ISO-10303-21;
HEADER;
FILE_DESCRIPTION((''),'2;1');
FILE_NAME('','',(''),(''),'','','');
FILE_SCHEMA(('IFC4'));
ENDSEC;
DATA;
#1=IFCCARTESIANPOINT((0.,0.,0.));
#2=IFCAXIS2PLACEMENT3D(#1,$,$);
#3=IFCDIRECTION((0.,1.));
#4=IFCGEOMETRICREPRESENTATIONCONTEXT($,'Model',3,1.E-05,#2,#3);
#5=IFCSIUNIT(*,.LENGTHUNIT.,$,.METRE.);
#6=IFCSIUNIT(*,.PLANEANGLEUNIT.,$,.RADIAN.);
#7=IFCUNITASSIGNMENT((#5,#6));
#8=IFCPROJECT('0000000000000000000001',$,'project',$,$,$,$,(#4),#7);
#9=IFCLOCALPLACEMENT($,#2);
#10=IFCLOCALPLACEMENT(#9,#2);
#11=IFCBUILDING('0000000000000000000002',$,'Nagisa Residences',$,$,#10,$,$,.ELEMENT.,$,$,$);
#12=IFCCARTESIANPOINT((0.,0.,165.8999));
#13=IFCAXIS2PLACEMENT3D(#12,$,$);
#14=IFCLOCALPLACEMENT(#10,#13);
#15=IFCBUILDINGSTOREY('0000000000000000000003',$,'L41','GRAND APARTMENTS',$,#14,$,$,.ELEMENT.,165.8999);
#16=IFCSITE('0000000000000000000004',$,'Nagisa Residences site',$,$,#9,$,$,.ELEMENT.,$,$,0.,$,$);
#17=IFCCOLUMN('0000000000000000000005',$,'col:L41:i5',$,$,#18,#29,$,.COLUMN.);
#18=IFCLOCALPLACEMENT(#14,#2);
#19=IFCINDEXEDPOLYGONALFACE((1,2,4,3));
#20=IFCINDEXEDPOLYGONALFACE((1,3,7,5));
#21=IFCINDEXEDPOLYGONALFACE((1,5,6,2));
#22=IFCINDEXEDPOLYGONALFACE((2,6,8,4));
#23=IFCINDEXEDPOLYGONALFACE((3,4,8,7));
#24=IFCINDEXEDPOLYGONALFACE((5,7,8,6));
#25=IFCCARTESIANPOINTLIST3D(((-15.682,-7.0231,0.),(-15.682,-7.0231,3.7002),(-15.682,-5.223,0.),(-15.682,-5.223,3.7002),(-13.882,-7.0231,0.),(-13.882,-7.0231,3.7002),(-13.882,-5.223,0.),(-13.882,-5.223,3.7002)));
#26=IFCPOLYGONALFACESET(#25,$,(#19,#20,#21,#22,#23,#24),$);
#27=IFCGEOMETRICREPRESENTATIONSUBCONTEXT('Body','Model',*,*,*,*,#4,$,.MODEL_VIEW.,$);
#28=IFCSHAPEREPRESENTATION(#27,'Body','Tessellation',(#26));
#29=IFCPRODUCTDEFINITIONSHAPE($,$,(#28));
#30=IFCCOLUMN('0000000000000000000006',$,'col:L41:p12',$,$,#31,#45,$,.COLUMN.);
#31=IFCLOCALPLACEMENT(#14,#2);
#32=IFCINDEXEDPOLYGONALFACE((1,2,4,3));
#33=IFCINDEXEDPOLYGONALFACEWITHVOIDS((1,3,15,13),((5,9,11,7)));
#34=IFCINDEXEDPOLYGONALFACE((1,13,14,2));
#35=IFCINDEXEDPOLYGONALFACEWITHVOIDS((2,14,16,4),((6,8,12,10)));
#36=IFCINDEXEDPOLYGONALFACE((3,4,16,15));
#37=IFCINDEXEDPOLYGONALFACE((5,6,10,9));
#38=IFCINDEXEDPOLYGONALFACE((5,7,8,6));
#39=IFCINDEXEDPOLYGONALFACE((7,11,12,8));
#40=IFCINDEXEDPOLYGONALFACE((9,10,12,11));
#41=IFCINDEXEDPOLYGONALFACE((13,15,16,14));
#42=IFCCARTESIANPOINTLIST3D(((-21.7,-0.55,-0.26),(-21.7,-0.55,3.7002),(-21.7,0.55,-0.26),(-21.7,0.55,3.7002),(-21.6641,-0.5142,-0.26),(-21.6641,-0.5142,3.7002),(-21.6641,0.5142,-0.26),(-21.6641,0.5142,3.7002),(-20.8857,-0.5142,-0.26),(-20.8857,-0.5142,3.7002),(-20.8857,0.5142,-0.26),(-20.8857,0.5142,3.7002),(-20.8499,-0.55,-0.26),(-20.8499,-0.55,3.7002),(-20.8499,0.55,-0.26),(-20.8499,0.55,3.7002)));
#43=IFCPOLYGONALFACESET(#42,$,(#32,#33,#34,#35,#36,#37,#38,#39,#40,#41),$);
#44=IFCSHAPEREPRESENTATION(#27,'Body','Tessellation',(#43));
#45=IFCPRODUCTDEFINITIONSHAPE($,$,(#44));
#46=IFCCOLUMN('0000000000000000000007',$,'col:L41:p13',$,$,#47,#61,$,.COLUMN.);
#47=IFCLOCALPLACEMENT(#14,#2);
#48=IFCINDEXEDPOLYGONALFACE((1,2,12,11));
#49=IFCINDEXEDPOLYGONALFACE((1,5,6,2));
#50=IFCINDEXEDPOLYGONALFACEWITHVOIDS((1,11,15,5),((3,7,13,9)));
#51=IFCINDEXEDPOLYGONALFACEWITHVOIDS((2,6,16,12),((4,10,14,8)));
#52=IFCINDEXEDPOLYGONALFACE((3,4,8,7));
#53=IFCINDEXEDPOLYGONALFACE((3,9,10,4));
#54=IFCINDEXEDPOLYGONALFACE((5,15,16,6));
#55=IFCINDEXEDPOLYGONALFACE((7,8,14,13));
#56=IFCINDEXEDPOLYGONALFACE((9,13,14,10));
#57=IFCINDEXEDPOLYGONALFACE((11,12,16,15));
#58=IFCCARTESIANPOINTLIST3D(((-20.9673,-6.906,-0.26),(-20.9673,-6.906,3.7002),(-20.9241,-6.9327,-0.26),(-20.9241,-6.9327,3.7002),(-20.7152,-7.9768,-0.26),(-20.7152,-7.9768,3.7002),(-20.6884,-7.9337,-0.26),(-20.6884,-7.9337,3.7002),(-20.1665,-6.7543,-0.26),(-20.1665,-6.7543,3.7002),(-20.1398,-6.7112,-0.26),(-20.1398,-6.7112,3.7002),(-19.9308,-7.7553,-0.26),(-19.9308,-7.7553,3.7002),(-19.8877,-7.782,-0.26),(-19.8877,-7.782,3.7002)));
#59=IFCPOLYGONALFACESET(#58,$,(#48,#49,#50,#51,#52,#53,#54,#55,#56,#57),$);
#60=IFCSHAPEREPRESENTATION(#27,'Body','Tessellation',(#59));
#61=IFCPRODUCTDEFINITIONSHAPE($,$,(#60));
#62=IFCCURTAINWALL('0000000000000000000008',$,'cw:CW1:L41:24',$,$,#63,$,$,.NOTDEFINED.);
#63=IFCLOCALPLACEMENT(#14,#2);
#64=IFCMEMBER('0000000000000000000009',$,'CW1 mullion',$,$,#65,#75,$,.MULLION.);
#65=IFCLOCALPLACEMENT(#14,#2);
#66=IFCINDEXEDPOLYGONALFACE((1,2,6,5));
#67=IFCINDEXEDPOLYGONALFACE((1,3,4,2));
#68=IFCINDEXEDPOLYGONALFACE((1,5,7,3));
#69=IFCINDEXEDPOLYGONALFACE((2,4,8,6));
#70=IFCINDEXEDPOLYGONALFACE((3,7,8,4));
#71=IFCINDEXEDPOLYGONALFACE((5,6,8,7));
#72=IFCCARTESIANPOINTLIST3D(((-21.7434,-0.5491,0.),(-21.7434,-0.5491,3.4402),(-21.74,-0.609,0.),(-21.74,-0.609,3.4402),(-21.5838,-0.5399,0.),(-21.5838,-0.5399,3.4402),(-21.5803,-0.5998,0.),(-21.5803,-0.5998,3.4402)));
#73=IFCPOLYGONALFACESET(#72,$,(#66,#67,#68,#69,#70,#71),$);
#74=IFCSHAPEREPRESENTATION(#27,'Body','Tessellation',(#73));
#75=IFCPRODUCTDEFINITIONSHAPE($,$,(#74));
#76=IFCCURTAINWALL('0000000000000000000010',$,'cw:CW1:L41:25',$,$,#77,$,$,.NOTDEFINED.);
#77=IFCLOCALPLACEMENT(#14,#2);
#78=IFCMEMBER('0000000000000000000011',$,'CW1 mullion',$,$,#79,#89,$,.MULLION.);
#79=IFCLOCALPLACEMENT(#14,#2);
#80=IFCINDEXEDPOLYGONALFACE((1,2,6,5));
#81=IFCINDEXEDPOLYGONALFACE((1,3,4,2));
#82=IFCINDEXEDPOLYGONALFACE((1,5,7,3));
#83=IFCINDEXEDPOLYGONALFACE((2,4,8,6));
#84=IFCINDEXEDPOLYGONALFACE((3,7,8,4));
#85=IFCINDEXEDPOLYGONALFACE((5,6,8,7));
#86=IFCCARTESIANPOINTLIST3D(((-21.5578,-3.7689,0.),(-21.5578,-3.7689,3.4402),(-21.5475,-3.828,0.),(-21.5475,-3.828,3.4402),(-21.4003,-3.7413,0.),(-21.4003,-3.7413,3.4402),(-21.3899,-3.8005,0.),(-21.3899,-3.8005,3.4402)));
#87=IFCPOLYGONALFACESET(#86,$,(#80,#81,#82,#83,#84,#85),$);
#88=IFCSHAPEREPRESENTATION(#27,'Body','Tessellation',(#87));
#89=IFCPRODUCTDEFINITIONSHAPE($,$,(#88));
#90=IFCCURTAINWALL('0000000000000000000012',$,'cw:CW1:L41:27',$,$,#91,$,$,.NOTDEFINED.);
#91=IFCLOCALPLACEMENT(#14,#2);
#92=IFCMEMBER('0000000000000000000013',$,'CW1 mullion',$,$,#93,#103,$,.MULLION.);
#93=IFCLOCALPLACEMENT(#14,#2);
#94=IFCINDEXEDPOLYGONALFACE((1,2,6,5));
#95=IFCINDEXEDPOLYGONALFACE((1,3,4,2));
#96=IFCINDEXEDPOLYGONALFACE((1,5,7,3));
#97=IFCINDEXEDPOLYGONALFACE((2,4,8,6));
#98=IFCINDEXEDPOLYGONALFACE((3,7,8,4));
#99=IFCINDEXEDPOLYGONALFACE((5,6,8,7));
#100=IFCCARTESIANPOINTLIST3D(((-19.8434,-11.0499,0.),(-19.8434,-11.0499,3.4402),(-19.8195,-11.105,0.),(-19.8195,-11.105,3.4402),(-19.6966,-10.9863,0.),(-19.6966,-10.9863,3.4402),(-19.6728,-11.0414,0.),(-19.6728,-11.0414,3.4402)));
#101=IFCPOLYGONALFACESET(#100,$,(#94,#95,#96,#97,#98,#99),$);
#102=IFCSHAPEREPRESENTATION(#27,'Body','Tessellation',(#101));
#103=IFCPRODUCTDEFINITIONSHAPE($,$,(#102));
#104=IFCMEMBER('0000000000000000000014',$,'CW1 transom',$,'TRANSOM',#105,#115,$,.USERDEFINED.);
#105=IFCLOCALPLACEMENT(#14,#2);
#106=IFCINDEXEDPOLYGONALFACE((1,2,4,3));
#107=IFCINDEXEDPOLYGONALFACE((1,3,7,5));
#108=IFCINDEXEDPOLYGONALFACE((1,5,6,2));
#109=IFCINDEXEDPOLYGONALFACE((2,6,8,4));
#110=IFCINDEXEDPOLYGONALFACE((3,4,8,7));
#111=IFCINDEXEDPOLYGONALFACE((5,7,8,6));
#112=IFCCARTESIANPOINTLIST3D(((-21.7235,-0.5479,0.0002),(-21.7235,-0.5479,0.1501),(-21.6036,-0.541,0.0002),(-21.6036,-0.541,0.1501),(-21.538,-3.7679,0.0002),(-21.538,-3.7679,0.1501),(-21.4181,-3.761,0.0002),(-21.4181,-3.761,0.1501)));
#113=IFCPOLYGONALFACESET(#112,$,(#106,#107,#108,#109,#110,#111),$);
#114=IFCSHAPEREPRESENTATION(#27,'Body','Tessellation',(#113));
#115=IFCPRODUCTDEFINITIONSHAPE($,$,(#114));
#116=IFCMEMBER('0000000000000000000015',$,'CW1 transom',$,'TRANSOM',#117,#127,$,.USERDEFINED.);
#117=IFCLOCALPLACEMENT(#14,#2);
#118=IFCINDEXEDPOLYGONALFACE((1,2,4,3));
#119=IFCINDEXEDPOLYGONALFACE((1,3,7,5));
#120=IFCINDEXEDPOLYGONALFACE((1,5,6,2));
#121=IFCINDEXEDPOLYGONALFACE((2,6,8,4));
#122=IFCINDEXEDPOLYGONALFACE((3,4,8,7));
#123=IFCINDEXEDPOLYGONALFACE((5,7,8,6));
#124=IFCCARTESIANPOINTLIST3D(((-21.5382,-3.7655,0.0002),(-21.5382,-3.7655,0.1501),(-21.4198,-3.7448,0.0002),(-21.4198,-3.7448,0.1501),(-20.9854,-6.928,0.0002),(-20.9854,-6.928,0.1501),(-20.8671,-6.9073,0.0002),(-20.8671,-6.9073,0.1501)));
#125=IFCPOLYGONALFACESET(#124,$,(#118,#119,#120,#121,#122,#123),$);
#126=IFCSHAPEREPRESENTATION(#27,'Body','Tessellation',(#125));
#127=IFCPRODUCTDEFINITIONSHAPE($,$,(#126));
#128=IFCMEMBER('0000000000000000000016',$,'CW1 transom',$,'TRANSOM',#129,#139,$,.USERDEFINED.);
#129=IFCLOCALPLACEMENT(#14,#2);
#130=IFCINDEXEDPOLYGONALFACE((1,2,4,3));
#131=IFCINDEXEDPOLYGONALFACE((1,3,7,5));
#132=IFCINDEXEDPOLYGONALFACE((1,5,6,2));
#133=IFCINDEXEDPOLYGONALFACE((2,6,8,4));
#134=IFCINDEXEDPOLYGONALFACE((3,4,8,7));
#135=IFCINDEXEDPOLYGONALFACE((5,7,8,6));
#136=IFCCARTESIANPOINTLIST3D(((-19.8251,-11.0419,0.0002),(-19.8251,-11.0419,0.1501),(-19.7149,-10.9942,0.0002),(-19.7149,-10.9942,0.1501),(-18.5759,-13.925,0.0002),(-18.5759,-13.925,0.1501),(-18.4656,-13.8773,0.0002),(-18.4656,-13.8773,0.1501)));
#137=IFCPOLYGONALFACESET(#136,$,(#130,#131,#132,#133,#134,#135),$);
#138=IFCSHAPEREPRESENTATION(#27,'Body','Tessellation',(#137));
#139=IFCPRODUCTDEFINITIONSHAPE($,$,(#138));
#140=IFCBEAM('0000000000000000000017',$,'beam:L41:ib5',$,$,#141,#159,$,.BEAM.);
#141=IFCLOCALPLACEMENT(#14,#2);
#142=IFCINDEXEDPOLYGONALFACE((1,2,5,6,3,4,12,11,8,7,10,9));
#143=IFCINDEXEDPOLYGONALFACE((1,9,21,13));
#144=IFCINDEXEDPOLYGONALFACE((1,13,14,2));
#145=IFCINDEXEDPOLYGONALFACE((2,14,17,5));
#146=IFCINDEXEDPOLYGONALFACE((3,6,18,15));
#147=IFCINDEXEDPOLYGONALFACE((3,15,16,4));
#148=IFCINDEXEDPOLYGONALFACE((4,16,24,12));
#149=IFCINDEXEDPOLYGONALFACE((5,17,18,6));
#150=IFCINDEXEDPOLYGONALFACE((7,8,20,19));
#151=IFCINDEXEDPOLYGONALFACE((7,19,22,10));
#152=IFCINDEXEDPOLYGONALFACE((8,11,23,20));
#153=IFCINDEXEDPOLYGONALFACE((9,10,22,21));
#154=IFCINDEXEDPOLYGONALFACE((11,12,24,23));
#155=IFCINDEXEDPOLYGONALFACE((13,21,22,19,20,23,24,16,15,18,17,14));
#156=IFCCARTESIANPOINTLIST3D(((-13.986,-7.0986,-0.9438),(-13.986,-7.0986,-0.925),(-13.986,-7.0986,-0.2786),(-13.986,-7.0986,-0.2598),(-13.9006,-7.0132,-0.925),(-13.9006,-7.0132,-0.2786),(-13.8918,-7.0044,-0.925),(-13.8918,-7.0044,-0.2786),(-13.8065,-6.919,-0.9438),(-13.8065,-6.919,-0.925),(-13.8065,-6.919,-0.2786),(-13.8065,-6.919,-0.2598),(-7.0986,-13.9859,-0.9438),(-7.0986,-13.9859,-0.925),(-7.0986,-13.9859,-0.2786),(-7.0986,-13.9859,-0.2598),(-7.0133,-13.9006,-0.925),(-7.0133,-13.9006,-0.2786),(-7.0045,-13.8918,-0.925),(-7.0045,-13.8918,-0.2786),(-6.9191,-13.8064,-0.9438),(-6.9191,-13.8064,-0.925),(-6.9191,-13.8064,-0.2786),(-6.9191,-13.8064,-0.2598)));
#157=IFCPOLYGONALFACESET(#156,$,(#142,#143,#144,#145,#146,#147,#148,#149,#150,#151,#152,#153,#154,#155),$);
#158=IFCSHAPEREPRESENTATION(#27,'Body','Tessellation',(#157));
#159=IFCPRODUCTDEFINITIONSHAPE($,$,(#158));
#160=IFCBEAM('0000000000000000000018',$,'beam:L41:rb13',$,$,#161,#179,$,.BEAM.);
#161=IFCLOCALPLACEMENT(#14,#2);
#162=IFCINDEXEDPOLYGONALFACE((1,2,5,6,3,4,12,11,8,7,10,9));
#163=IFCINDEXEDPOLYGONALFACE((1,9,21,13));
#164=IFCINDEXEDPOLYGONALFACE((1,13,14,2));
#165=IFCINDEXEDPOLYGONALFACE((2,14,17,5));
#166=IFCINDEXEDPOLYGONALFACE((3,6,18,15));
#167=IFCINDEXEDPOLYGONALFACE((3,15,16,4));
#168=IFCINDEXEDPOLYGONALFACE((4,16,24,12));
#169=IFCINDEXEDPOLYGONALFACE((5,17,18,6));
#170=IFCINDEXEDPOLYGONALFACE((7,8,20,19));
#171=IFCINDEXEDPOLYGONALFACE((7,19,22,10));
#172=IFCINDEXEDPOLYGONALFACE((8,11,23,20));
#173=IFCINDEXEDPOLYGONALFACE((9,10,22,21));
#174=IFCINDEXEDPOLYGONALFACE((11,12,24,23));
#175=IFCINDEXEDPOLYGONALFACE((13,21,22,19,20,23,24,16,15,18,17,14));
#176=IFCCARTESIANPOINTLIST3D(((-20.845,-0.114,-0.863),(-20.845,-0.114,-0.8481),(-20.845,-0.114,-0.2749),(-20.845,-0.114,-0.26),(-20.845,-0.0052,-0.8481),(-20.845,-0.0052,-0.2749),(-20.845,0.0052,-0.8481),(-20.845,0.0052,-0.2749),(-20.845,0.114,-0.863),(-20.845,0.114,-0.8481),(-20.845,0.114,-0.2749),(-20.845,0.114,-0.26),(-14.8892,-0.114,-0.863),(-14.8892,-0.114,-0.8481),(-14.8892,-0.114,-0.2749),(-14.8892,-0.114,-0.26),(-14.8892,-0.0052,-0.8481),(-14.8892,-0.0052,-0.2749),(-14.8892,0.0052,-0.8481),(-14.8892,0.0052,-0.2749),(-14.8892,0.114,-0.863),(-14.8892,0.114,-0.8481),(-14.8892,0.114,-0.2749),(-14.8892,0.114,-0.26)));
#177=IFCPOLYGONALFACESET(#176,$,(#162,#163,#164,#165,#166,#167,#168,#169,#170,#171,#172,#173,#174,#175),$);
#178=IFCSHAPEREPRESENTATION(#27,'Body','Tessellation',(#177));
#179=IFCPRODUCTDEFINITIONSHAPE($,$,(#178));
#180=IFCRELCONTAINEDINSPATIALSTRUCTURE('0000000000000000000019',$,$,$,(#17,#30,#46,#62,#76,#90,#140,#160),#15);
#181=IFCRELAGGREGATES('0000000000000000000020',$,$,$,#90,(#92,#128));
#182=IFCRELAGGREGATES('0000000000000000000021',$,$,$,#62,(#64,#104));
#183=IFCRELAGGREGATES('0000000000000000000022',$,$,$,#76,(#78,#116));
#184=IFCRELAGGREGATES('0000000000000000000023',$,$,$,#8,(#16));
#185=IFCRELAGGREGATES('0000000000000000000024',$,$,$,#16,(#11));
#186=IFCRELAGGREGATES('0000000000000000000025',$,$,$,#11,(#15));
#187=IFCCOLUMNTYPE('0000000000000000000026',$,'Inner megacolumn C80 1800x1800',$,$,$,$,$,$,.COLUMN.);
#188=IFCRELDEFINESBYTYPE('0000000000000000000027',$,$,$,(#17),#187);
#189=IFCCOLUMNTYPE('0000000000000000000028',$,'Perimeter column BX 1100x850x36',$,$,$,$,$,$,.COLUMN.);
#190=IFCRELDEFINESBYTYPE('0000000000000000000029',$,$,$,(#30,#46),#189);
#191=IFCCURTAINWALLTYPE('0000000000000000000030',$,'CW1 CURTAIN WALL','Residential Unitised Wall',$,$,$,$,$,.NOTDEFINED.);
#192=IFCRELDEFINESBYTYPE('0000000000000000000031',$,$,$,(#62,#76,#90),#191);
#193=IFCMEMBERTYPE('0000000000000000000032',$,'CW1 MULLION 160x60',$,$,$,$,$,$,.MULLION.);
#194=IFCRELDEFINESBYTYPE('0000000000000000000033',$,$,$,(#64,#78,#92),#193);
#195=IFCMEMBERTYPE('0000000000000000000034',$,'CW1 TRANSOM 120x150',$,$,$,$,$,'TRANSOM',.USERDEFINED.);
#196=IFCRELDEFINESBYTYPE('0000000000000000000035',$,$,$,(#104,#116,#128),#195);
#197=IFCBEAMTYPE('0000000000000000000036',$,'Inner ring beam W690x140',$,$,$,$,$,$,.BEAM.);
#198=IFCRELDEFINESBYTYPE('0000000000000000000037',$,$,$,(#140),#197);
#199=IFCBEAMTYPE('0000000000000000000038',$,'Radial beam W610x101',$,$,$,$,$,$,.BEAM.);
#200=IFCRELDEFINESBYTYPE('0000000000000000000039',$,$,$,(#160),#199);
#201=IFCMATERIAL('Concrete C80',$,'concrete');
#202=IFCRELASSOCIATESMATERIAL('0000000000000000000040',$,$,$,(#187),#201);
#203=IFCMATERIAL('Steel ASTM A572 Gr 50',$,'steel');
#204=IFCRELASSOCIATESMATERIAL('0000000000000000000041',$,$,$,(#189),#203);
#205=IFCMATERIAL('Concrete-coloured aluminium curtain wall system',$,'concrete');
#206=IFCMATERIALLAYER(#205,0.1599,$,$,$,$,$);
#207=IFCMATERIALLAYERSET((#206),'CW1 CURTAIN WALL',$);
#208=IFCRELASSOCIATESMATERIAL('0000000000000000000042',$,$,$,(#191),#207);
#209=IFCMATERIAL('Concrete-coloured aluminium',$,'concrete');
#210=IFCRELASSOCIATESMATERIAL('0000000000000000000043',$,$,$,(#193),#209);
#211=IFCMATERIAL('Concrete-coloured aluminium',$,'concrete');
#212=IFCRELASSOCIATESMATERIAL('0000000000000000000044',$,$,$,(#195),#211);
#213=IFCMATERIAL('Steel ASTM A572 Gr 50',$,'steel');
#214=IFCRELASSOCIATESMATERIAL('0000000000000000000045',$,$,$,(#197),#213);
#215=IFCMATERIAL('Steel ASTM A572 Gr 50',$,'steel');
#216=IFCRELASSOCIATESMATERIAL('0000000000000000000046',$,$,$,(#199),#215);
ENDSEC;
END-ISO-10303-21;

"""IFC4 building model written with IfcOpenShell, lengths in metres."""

from ifc_helpers import new_model, si_unit, direction, frame, origin, origin_2d, place, context, subcontext, project, spatial, rectangle, hollow_rectangle, i_section, extrude, material, layer, layer_set, material_profile, profile_set, type_object, element, aggregate, save


model = new_model("IFC4")

# Units and contexts
model_context = context("Model", 3, precision=1e-05, world=origin(), true_north=direction((0.0, 1.0)))
body_context = subcontext(model_context, "Body", "Model", "MODEL_VIEW")
ifc_project = project(units=[si_unit("LENGTHUNIT", "METRE"), si_unit("PLANEANGLEUNIT", "RADIAN")], contexts=[model_context])

# Site, building, storey
site_placement = place(None, origin())
site = spatial("IfcSite", under=ifc_project, at=site_placement, Name="Nagisa Residences site", CompositionType="ELEMENT", RefElevation=0.0)
building_placement = place(site_placement, origin())
building = spatial("IfcBuilding", under=site, at=building_placement, Name="Nagisa Residences", CompositionType="ELEMENT")
storey_placement = place(building_placement, frame((0.0, 0.0, 165.8999)))
storey = spatial("IfcBuildingStorey", under=building, at=storey_placement, Name="L41", Description="GRAND APARTMENTS", CompositionType="ELEMENT", Elevation=165.8999)

# Columns
ifc_material_1 = material(Name="Concrete C80", Category="concrete")
ifc_material_profile_1 = material_profile(ifc_material_1, rectangle(XDim=1.8, YDim=1.8, at=origin_2d()), Name="C80 1800x1800")
ifc_profile_set_1 = profile_set([ifc_material_profile_1], Name="Concrete C80")
column_type_1 = type_object("IfcColumnType", Name="Inner megacolumn C80 1800x1800", PredefinedType="COLUMN", material=ifc_profile_set_1)
column_placement = place(storey_placement, frame((-14.782, -6.123, 0.0), z_axis=(0.0, 0.0, 1.0), x_axis=(1.0, 0.0, 0.0)))
element("IfcColumn", 1, at=column_placement, inside=storey, type_object=column_type_1, Name="col:L41:i5", PredefinedType="COLUMN", context=body_context, shape_type="SweptSolid", body=[
    extrude(rectangle(XDim=1.8, YDim=1.8, at=origin_2d()), origin(), (0.0, 0.0, 1.0), 3.7002),
])
ifc_material_2 = material(Name="Steel ASTM A572 Gr 50", Category="steel")
ifc_material_profile_2 = material_profile(ifc_material_2, hollow_rectangle(XDim=1.1001, YDim=0.8501, WallThickness=0.0359, at=origin_2d()), Name="BX 1100x850x36")
ifc_profile_set_2 = profile_set([ifc_material_profile_2], Name="Steel ASTM A572 Gr 50")
column_type_2 = type_object("IfcColumnType", Name="Perimeter column BX 1100x850x36", PredefinedType="COLUMN", material=ifc_profile_set_2)
for number, where, z_axis, x_axis, name in (
    (2, (-21.2749, 0.0, -0.26), (0.0, 0.0, 1.0), (0.0, -1.0, 0.0), "col:L41:p12"),
    (3, (-20.4275, -7.344, -0.26), (0.0, 0.0, 1.0), (0.229202, -0.973379, 0.0), "col:L41:p13"),
):
    element("IfcColumn", number, at=place(storey_placement, frame(where, z_axis=z_axis, x_axis=x_axis)), inside=storey, type_object=column_type_2, Name=name, PredefinedType="COLUMN", context=body_context, shape_type="SweptSolid", body=[
        extrude(hollow_rectangle(XDim=1.1001, YDim=0.8501, WallThickness=0.0359, at=origin_2d()), origin(), (0.0, 0.0, 1.0), 3.9602),
    ])

# Curtain walls, members
ifc_material_3 = material(Name="Concrete-coloured aluminium curtain wall system", Category="concrete")
ifc_layer_1 = layer(ifc_material_3, 0.1599)
ifc_layer_set_1 = layer_set([ifc_layer_1], Name="CW1 CURTAIN WALL")
curtain_wall_type = type_object("IfcCurtainWallType", Name="CW1 CURTAIN WALL", Description="Residential Unitised Wall", PredefinedType="NOTDEFINED", material=ifc_layer_set_1)
curtain_wall_1_placement = place(storey_placement, origin())
curtain_wall_1 = element("IfcCurtainWall", 4, at=curtain_wall_1_placement, inside=storey, type_object=curtain_wall_type, Name="cw:CW1:L41:24", PredefinedType="NOTDEFINED")
ifc_material_4 = material(Name="Concrete-coloured aluminium", Category="concrete")
ifc_material_profile_3 = material_profile(ifc_material_4, rectangle(XDim=0.1599, YDim=0.0601, at=origin_2d()), Name="CW1 MULLION 160x60")
ifc_profile_set_3 = profile_set([ifc_material_profile_3], Name="Concrete-coloured aluminium")
member_type_1 = type_object("IfcMemberType", Name="CW1 MULLION 160x60", PredefinedType="MULLION", material=ifc_profile_set_3)
member_1_placement = place(storey_placement, frame((-21.6619, -0.5745, 0.0), z_axis=(0.0, 0.0, 1.0), x_axis=(0.998345, 0.057503, 0.0)))
member_1 = element("IfcMember", 5, at=member_1_placement, type_object=member_type_1, Name="CW1 mullion", PredefinedType="MULLION", context=body_context, shape_type="SweptSolid", body=[
    extrude(rectangle(XDim=0.1599, YDim=0.0601, at=origin_2d()), origin(), (0.0, 0.0, 1.0), 3.4402),
])
curtain_wall_2_placement = place(storey_placement, origin())
curtain_wall_2 = element("IfcCurtainWall", 6, at=curtain_wall_2_placement, inside=storey, type_object=curtain_wall_type, Name="cw:CW1:L41:25", PredefinedType="NOTDEFINED")
member_2_placement = place(storey_placement, frame((-21.4739, -3.7847, 0.0), z_axis=(0.0, 0.0, 1.0), x_axis=(0.985064, 0.172191, 0.0)))
member_2 = element("IfcMember", 7, at=member_2_placement, type_object=member_type_1, Name="CW1 mullion", PredefinedType="MULLION", context=body_context, shape_type="SweptSolid", body=[
    extrude(rectangle(XDim=0.1599, YDim=0.0601, at=origin_2d()), origin(), (0.0, 0.0, 1.0), 3.4402),
])
curtain_wall_3_placement = place(storey_placement, origin())
curtain_wall_3 = element("IfcCurtainWall", 8, at=curtain_wall_3_placement, inside=storey, type_object=curtain_wall_type, Name="cw:CW1:L41:27", PredefinedType="NOTDEFINED")
member_3_placement = place(storey_placement, frame((-19.7581, -11.0457, 0.0), z_axis=(0.0, 0.0, 1.0), x_axis=(0.917543, 0.397636, 0.0)))
member_3 = element("IfcMember", 9, at=member_3_placement, type_object=member_type_1, Name="CW1 mullion", PredefinedType="MULLION", context=body_context, shape_type="SweptSolid", body=[
    extrude(rectangle(XDim=0.1599, YDim=0.0601, at=origin_2d()), origin(), (0.0, 0.0, 1.0), 3.4402),
])

# Members
ifc_material_5 = material(Name="Concrete-coloured aluminium", Category="concrete")
ifc_material_profile_4 = material_profile(ifc_material_5, rectangle(XDim=0.1201, YDim=0.1499, at=origin_2d()), Name="CW1 TRANSOM 120x150")
ifc_profile_set_4 = profile_set([ifc_material_profile_4], Name="Concrete-coloured aluminium")
member_type_2 = type_object("IfcMemberType", Name="CW1 TRANSOM 120x150", ElementType="TRANSOM", PredefinedType="USERDEFINED", material=ifc_profile_set_4)
member_4_placement = place(storey_placement, frame((-21.6636, -0.5444, 0.0752), z_axis=(0.057528, -0.998344, 0.0), x_axis=(0.998344, 0.057528, 0.0)))
member_4 = element("IfcMember", 10, at=member_4_placement, type_object=member_type_2, Name="CW1 transom", ObjectType="TRANSOM", PredefinedType="USERDEFINED", context=body_context, shape_type="SweptSolid", body=[
    extrude(rectangle(XDim=0.1201, YDim=0.1499, at=origin_2d()), origin(), (0.0, 0.0, 1.0), 3.2253),
])
member_5_placement = place(storey_placement, frame((-21.479, -3.7551, 0.0752), z_axis=(0.172163, -0.985069, 0.0), x_axis=(0.985069, 0.172163, 0.0)))
member_5 = element("IfcMember", 11, at=member_5_placement, type_object=member_type_2, Name="CW1 transom", ObjectType="TRANSOM", PredefinedType="USERDEFINED", context=body_context, shape_type="SweptSolid", body=[
    extrude(rectangle(XDim=0.1201, YDim=0.1499, at=origin_2d()), origin(), (0.0, 0.0, 1.0), 3.2104),
])
member_6_placement = place(storey_placement, frame((-19.77, -11.0181, 0.0752), z_axis=(0.397592, -0.917562, 0.0), x_axis=(0.917562, 0.397592, 0.0)))
member_6 = element("IfcMember", 12, at=member_6_placement, type_object=member_type_2, Name="CW1 transom", ObjectType="TRANSOM", PredefinedType="USERDEFINED", context=body_context, shape_type="SweptSolid", body=[
    extrude(rectangle(XDim=0.1201, YDim=0.1499, at=origin_2d()), origin(), (0.0, 0.0, 1.0), 3.1421),
])
aggregate(curtain_wall_3, [member_3, member_6])

# Beams
ifc_material_6 = material(Name="Steel ASTM A572 Gr 50", Category="steel")
ifc_material_profile_5 = material_profile(ifc_material_6, i_section(OverallWidth=0.2539, OverallDepth=0.6841, WebThickness=0.0125, FlangeThickness=0.0188, at=origin_2d()), Name="W690x140")
ifc_profile_set_5 = profile_set([ifc_material_profile_5], Name="Steel ASTM A572 Gr 50")
beam_type_1 = type_object("IfcBeamType", Name="Inner ring beam W690x140", PredefinedType="BEAM", material=ifc_profile_set_5)
beam_1_placement = place(storey_placement, frame((-13.8962, -7.0088, -0.6018), z_axis=(0.707107, -0.707107, 0.0), x_axis=(0.707107, 0.707107, 0.0)))
element("IfcBeam", 13, at=beam_1_placement, inside=storey, type_object=beam_type_1, Name="beam:L41:ib5", PredefinedType="BEAM", context=body_context, shape_type="SweptSolid", body=[
    extrude(i_section(OverallWidth=0.2539, OverallDepth=0.6841, WebThickness=0.0125, FlangeThickness=0.0188, at=origin_2d()), origin(), (0.0, 0.0, 1.0), 9.7402),
])
ifc_material_7 = material(Name="Steel ASTM A572 Gr 50", Category="steel")
ifc_material_profile_6 = material_profile(ifc_material_7, i_section(OverallWidth=0.228, OverallDepth=0.603, WebThickness=0.0105, FlangeThickness=0.0149, at=origin_2d()), Name="W610x101")
ifc_profile_set_6 = profile_set([ifc_material_profile_6], Name="Steel ASTM A572 Gr 50")
beam_type_2 = type_object("IfcBeamType", Name="Radial beam W610x101", PredefinedType="BEAM", material=ifc_profile_set_6)
beam_2_placement = place(storey_placement, frame((-20.845, 0.0, -0.5615), z_axis=(1.0, 0.0, 0.0), x_axis=(0.0, 1.0, 0.0)))
element("IfcBeam", 14, at=beam_2_placement, inside=storey, type_object=beam_type_2, Name="beam:L41:rb13", PredefinedType="BEAM", context=body_context, shape_type="SweptSolid", body=[
    extrude(i_section(OverallWidth=0.228, OverallDepth=0.603, WebThickness=0.0105, FlangeThickness=0.0149, at=origin_2d()), origin(), (0.0, 0.0, 1.0), 5.9558),
])

aggregate(curtain_wall_1, [member_1, member_4])
aggregate(curtain_wall_2, [member_2, member_5])

save(model, "model.ifc")
